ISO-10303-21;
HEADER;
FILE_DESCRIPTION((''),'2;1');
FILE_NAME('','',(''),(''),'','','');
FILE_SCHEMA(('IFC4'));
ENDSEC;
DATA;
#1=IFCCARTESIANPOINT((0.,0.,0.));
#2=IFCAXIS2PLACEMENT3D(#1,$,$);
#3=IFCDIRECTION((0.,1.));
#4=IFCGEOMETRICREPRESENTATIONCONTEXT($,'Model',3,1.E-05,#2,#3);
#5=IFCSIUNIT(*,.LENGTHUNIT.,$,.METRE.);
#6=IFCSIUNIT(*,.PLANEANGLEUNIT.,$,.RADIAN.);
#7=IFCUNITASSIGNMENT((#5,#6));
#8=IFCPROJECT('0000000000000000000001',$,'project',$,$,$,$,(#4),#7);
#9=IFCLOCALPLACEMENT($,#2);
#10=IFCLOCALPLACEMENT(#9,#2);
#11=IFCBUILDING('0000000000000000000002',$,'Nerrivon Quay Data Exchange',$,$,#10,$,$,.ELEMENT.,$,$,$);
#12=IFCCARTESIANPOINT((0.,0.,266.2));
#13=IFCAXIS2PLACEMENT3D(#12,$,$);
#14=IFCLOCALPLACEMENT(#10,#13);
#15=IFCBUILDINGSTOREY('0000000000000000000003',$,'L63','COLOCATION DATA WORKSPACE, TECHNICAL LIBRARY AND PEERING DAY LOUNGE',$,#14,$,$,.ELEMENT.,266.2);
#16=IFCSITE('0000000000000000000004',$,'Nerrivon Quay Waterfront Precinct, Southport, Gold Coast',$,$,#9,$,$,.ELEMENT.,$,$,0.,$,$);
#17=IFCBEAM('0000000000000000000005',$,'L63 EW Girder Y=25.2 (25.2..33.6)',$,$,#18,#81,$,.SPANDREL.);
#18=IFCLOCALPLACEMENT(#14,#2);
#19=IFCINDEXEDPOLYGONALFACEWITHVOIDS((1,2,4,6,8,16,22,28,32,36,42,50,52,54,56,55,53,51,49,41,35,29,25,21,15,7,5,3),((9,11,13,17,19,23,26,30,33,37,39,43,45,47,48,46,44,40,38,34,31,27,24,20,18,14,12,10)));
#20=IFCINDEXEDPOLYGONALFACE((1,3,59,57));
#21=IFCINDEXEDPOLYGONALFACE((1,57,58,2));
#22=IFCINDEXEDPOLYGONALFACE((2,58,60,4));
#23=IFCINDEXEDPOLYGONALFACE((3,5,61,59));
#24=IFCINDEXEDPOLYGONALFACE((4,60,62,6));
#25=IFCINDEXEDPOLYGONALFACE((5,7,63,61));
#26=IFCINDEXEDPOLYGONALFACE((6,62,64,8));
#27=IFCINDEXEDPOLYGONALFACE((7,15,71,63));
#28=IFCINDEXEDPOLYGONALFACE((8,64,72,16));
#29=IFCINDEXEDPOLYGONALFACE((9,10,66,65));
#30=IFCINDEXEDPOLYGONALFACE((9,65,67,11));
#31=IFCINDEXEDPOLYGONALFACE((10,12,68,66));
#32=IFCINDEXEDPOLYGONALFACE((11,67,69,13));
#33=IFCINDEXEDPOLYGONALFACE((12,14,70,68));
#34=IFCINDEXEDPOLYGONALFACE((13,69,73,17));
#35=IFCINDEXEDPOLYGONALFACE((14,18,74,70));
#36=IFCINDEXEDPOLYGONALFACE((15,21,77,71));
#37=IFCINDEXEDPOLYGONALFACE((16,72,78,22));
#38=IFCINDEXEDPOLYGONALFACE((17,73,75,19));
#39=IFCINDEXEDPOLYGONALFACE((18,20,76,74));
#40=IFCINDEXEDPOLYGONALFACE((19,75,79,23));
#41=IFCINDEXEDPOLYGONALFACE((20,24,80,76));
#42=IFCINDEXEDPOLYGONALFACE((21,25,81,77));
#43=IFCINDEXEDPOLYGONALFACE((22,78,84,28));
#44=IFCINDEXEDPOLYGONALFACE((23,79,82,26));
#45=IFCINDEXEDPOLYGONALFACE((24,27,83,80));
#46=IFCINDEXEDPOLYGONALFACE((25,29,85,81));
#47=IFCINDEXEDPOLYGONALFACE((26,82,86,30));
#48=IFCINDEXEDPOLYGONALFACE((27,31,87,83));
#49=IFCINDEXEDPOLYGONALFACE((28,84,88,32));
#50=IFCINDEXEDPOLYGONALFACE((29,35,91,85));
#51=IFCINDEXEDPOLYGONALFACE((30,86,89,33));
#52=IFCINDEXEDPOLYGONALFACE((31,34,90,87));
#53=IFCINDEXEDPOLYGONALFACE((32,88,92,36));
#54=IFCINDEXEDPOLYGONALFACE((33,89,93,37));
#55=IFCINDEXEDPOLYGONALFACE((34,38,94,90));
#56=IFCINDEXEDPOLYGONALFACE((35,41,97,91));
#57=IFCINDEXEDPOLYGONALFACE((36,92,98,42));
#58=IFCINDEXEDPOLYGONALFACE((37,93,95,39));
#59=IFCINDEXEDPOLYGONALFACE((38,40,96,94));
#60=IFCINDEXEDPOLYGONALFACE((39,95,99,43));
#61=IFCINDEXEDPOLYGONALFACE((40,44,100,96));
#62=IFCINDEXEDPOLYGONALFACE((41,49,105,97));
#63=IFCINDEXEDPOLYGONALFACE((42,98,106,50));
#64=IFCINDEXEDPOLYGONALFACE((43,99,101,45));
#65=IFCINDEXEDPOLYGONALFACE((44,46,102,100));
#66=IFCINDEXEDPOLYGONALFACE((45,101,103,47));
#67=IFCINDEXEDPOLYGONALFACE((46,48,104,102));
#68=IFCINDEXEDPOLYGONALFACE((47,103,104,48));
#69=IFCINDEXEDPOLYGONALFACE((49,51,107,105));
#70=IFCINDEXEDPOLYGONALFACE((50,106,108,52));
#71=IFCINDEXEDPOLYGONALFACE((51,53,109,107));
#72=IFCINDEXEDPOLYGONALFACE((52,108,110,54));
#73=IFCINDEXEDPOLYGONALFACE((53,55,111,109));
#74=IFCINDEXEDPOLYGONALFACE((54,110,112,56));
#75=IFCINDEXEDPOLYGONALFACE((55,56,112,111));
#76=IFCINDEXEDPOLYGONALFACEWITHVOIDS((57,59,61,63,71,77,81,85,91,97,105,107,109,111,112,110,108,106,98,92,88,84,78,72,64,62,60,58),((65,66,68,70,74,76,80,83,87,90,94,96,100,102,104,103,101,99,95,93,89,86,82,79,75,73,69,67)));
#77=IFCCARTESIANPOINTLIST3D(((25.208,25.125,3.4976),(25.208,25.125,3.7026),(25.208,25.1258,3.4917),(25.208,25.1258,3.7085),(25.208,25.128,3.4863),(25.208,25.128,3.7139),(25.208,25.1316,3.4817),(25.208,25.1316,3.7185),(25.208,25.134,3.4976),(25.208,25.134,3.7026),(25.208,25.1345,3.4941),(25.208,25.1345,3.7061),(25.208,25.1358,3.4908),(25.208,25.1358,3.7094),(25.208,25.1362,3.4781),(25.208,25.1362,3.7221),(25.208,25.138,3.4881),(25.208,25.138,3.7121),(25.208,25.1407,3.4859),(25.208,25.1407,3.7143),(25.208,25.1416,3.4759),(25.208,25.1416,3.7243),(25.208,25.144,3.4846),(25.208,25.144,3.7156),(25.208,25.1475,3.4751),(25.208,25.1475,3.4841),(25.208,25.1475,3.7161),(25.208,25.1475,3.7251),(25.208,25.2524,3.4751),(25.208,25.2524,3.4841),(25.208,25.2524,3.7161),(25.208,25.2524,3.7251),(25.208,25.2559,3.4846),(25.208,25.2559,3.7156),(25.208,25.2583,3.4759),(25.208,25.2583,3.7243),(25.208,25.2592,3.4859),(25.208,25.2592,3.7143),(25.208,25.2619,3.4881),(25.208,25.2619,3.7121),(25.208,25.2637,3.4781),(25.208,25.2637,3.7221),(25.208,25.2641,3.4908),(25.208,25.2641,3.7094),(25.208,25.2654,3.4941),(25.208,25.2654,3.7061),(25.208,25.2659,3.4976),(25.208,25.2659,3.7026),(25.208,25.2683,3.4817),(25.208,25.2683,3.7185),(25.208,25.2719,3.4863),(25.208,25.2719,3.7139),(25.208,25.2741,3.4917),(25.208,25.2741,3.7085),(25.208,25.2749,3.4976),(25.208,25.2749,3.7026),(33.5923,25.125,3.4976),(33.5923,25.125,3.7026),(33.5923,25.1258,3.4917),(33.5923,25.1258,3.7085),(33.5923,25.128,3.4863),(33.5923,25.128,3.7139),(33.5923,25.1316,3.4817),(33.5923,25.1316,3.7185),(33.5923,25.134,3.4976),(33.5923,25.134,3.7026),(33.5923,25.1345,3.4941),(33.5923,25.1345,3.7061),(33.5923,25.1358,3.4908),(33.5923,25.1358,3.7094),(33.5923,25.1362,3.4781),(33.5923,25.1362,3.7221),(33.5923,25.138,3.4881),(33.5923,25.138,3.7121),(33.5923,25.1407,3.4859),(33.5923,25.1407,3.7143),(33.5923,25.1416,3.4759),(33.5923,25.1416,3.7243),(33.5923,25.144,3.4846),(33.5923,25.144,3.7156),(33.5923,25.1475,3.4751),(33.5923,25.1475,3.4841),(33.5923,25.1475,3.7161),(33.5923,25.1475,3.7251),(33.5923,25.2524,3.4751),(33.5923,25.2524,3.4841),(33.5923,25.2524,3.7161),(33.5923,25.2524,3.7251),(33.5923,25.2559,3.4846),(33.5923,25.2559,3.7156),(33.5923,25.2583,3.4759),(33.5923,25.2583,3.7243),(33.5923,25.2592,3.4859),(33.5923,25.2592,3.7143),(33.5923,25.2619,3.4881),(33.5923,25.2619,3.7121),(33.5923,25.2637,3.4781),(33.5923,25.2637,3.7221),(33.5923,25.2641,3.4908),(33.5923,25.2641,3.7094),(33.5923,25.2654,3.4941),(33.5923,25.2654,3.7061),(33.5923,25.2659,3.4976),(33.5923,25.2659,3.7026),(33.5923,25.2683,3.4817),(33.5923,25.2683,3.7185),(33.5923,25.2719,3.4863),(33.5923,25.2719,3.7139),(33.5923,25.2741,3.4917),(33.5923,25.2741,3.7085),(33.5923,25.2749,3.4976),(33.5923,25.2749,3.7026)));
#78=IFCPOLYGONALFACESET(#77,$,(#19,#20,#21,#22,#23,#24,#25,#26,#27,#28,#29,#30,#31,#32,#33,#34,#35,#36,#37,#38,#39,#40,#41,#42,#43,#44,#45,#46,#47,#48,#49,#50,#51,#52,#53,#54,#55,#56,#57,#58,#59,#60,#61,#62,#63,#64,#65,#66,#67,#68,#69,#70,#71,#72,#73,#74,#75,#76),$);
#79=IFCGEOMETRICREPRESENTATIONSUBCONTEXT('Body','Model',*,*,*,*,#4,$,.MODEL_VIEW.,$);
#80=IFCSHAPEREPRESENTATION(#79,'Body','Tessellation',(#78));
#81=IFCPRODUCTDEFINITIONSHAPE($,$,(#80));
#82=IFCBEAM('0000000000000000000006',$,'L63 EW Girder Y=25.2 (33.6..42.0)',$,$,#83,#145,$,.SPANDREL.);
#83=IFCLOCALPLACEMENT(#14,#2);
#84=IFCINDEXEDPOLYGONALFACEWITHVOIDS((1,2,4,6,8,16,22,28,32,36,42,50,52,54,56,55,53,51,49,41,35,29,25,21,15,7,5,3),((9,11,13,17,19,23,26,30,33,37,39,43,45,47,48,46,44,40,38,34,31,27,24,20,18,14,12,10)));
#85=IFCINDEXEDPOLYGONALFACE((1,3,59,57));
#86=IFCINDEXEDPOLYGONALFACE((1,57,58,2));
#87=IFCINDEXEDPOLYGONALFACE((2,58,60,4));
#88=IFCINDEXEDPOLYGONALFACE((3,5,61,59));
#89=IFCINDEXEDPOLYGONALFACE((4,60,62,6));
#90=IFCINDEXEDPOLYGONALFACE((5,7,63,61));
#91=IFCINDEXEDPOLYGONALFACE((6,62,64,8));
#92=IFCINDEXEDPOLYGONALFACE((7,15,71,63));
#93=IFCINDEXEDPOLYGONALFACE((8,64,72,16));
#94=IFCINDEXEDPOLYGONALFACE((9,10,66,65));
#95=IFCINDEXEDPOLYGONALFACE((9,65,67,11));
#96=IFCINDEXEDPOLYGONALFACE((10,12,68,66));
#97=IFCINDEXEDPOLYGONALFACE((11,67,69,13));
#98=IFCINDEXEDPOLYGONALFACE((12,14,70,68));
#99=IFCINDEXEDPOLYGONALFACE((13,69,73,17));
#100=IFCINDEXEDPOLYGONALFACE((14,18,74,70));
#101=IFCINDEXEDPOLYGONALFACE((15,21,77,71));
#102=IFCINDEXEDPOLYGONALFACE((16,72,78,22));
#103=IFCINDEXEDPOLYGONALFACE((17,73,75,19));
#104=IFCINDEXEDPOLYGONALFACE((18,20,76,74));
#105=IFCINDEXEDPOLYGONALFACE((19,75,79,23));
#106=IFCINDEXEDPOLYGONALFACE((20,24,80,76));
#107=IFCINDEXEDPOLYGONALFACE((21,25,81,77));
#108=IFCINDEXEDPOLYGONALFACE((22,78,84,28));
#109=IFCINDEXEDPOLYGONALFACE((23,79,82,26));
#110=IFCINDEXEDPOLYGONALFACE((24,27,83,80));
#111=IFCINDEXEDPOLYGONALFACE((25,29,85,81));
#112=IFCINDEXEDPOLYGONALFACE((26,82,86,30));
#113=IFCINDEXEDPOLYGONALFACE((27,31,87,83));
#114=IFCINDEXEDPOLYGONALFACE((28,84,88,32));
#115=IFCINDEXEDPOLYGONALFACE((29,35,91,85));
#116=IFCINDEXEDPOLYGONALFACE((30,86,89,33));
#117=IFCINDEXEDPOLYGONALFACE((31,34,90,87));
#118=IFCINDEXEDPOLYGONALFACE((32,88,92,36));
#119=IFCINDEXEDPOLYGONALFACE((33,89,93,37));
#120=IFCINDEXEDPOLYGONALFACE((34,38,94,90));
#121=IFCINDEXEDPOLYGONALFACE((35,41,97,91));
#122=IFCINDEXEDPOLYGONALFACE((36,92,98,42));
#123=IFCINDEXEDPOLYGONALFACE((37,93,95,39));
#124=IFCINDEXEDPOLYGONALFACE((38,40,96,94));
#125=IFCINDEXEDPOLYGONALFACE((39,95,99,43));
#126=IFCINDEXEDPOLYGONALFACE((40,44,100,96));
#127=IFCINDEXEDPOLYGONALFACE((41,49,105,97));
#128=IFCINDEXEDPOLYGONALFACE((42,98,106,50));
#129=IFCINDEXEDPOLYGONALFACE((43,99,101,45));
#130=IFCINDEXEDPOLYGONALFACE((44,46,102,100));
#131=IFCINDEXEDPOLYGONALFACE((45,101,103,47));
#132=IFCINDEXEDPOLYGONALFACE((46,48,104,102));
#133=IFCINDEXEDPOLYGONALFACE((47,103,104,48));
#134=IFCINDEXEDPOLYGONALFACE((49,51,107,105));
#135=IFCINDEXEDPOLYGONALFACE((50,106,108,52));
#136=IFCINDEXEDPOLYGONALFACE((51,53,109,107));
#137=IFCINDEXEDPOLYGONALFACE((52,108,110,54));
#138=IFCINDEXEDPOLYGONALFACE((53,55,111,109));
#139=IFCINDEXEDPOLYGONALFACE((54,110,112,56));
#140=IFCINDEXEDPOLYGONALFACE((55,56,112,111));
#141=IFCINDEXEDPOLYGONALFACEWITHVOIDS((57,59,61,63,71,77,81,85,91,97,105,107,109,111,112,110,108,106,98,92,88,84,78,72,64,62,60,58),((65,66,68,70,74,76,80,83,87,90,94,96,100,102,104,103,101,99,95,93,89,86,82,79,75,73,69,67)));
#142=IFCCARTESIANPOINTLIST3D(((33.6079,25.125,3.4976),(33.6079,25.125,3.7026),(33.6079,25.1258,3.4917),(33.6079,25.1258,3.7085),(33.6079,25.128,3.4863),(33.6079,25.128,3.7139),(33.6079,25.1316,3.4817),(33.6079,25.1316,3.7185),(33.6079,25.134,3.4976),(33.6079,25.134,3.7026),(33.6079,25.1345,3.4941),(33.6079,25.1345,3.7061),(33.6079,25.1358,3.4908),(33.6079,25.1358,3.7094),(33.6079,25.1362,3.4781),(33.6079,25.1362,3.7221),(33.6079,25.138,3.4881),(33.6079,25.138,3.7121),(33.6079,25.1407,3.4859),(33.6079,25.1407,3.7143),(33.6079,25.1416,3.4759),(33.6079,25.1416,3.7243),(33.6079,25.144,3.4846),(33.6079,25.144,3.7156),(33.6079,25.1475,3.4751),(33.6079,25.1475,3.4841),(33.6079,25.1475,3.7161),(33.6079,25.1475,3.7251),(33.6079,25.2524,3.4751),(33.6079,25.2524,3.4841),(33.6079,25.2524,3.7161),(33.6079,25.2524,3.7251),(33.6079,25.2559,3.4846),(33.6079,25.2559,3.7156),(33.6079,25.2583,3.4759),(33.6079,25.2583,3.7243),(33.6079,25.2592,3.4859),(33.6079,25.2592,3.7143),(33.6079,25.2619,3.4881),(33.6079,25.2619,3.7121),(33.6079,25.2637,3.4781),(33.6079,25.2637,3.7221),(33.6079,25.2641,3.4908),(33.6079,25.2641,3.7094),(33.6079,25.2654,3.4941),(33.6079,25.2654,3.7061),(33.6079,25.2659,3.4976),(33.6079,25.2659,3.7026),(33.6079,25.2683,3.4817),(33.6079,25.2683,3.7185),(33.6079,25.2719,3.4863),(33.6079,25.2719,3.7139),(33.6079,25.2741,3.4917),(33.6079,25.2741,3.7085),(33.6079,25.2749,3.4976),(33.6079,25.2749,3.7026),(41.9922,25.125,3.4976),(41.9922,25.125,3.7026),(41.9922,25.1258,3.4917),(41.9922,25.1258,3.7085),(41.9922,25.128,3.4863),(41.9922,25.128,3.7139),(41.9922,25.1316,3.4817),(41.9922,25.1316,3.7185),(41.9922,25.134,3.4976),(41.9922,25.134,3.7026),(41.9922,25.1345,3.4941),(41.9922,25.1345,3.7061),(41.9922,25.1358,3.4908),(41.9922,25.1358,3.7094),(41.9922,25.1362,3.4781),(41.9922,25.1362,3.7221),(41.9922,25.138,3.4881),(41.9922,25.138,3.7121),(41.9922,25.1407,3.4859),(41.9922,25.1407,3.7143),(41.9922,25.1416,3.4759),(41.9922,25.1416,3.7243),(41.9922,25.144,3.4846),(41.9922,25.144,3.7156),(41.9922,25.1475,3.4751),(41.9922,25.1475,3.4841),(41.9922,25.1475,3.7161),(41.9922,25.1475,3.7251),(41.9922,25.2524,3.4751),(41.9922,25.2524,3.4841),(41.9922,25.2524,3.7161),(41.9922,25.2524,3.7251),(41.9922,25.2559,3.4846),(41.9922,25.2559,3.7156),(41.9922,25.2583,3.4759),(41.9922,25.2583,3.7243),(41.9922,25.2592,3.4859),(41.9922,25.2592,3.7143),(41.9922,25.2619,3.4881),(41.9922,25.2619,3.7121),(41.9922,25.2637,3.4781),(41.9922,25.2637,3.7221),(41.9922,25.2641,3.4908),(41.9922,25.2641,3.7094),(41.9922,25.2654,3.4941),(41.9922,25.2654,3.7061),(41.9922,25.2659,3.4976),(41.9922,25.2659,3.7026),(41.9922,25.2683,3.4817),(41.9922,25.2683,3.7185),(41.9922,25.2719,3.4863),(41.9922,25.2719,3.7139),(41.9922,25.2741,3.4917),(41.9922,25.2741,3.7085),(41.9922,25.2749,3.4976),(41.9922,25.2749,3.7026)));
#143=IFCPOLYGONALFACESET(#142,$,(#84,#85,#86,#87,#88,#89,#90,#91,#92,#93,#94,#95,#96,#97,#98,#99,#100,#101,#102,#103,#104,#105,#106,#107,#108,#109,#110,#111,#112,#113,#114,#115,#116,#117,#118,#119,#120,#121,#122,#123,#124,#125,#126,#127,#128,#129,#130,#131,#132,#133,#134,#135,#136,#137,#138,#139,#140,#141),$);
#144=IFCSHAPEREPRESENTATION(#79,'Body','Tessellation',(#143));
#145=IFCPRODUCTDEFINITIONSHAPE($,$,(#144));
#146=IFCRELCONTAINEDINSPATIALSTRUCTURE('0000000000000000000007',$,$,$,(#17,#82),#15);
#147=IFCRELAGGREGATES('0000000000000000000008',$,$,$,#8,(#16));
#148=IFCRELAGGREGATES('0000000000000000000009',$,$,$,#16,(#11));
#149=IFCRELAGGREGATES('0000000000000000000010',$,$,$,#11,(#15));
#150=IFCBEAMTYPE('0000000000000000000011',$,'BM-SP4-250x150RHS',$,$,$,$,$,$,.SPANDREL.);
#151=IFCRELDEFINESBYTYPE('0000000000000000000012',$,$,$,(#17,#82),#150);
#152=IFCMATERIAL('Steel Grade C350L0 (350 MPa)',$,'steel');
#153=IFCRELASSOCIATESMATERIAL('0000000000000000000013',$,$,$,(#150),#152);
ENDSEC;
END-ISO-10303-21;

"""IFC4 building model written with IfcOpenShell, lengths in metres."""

from ifc_helpers import new_model, si_unit, direction, frame, origin, origin_2d, place, context, subcontext, project, spatial, hollow_rectangle, extrude, material, material_profile, profile_set, type_object, element, save


model = new_model("IFC4")

# Units and contexts
model_context = context("Model", 3, precision=1e-05, world=origin(), true_north=direction((0.0, 1.0)))
body_context = subcontext(model_context, "Body", "Model", "MODEL_VIEW")
ifc_project = project(units=[si_unit("LENGTHUNIT", "METRE"), si_unit("PLANEANGLEUNIT", "RADIAN")], contexts=[model_context])

# Site, building, storey
site_placement = place(None, origin())
site = spatial("IfcSite", under=ifc_project, at=site_placement, Name="Nerrivon Quay Waterfront Precinct, Southport, Gold Coast", CompositionType="ELEMENT", RefElevation=0.0)
building_placement = place(site_placement, origin())
building = spatial("IfcBuilding", under=site, at=building_placement, Name="Nerrivon Quay Data Exchange", CompositionType="ELEMENT")
storey_placement = place(building_placement, frame((0.0, 0.0, 266.2)))
storey = spatial("IfcBuildingStorey", under=building, at=storey_placement, Name="L63", Description="COLOCATION DATA WORKSPACE, TECHNICAL LIBRARY AND PEERING DAY LOUNGE", CompositionType="ELEMENT", Elevation=266.2)

# Beams
ifc_material_1 = material(Name="Steel Grade C350L0 (350 MPa)", Category="steel")
ifc_material_profile_1 = material_profile(ifc_material_1, hollow_rectangle(XDim=0.1499, YDim=0.25, WallThickness=0.009, InnerFilletRadius=0.0134, OuterFilletRadius=0.0225, at=origin_2d()), Name="250x150x9.0RHS")
ifc_profile_set_1 = profile_set([ifc_material_profile_1], Name="Steel Grade C350L0 (350 MPa)")
beam_type = type_object("IfcBeamType", Name="BM-SP4-250x150RHS", PredefinedType="SPANDREL", material=ifc_profile_set_1)
for number, where, z_axis, x_axis, name in (
    (1, (25.208, 25.2, 3.6001), (1.0, 0.0, 0.0), (0.0, 1.0, 0.0), "L63 EW Girder Y=25.2 (25.2..33.6)"),
    (2, (33.6079, 25.2, 3.6001), (1.0, 0.0, 0.0), (0.0, 1.0, 0.0), "L63 EW Girder Y=25.2 (33.6..42.0)"),
):
    element("IfcBeam", number, at=place(storey_placement, frame(where, z_axis=z_axis, x_axis=x_axis)), inside=storey, type_object=beam_type, Name=name, PredefinedType="SPANDREL", context=body_context, shape_type="SweptSolid", body=[
        extrude(hollow_rectangle(XDim=0.1499, YDim=0.25, WallThickness=0.009, InnerFilletRadius=0.0134, OuterFilletRadius=0.0225, at=origin_2d()), origin(), (0.0, 0.0, 1.0), 8.3843),
    ])

save(model, "model.ifc")
